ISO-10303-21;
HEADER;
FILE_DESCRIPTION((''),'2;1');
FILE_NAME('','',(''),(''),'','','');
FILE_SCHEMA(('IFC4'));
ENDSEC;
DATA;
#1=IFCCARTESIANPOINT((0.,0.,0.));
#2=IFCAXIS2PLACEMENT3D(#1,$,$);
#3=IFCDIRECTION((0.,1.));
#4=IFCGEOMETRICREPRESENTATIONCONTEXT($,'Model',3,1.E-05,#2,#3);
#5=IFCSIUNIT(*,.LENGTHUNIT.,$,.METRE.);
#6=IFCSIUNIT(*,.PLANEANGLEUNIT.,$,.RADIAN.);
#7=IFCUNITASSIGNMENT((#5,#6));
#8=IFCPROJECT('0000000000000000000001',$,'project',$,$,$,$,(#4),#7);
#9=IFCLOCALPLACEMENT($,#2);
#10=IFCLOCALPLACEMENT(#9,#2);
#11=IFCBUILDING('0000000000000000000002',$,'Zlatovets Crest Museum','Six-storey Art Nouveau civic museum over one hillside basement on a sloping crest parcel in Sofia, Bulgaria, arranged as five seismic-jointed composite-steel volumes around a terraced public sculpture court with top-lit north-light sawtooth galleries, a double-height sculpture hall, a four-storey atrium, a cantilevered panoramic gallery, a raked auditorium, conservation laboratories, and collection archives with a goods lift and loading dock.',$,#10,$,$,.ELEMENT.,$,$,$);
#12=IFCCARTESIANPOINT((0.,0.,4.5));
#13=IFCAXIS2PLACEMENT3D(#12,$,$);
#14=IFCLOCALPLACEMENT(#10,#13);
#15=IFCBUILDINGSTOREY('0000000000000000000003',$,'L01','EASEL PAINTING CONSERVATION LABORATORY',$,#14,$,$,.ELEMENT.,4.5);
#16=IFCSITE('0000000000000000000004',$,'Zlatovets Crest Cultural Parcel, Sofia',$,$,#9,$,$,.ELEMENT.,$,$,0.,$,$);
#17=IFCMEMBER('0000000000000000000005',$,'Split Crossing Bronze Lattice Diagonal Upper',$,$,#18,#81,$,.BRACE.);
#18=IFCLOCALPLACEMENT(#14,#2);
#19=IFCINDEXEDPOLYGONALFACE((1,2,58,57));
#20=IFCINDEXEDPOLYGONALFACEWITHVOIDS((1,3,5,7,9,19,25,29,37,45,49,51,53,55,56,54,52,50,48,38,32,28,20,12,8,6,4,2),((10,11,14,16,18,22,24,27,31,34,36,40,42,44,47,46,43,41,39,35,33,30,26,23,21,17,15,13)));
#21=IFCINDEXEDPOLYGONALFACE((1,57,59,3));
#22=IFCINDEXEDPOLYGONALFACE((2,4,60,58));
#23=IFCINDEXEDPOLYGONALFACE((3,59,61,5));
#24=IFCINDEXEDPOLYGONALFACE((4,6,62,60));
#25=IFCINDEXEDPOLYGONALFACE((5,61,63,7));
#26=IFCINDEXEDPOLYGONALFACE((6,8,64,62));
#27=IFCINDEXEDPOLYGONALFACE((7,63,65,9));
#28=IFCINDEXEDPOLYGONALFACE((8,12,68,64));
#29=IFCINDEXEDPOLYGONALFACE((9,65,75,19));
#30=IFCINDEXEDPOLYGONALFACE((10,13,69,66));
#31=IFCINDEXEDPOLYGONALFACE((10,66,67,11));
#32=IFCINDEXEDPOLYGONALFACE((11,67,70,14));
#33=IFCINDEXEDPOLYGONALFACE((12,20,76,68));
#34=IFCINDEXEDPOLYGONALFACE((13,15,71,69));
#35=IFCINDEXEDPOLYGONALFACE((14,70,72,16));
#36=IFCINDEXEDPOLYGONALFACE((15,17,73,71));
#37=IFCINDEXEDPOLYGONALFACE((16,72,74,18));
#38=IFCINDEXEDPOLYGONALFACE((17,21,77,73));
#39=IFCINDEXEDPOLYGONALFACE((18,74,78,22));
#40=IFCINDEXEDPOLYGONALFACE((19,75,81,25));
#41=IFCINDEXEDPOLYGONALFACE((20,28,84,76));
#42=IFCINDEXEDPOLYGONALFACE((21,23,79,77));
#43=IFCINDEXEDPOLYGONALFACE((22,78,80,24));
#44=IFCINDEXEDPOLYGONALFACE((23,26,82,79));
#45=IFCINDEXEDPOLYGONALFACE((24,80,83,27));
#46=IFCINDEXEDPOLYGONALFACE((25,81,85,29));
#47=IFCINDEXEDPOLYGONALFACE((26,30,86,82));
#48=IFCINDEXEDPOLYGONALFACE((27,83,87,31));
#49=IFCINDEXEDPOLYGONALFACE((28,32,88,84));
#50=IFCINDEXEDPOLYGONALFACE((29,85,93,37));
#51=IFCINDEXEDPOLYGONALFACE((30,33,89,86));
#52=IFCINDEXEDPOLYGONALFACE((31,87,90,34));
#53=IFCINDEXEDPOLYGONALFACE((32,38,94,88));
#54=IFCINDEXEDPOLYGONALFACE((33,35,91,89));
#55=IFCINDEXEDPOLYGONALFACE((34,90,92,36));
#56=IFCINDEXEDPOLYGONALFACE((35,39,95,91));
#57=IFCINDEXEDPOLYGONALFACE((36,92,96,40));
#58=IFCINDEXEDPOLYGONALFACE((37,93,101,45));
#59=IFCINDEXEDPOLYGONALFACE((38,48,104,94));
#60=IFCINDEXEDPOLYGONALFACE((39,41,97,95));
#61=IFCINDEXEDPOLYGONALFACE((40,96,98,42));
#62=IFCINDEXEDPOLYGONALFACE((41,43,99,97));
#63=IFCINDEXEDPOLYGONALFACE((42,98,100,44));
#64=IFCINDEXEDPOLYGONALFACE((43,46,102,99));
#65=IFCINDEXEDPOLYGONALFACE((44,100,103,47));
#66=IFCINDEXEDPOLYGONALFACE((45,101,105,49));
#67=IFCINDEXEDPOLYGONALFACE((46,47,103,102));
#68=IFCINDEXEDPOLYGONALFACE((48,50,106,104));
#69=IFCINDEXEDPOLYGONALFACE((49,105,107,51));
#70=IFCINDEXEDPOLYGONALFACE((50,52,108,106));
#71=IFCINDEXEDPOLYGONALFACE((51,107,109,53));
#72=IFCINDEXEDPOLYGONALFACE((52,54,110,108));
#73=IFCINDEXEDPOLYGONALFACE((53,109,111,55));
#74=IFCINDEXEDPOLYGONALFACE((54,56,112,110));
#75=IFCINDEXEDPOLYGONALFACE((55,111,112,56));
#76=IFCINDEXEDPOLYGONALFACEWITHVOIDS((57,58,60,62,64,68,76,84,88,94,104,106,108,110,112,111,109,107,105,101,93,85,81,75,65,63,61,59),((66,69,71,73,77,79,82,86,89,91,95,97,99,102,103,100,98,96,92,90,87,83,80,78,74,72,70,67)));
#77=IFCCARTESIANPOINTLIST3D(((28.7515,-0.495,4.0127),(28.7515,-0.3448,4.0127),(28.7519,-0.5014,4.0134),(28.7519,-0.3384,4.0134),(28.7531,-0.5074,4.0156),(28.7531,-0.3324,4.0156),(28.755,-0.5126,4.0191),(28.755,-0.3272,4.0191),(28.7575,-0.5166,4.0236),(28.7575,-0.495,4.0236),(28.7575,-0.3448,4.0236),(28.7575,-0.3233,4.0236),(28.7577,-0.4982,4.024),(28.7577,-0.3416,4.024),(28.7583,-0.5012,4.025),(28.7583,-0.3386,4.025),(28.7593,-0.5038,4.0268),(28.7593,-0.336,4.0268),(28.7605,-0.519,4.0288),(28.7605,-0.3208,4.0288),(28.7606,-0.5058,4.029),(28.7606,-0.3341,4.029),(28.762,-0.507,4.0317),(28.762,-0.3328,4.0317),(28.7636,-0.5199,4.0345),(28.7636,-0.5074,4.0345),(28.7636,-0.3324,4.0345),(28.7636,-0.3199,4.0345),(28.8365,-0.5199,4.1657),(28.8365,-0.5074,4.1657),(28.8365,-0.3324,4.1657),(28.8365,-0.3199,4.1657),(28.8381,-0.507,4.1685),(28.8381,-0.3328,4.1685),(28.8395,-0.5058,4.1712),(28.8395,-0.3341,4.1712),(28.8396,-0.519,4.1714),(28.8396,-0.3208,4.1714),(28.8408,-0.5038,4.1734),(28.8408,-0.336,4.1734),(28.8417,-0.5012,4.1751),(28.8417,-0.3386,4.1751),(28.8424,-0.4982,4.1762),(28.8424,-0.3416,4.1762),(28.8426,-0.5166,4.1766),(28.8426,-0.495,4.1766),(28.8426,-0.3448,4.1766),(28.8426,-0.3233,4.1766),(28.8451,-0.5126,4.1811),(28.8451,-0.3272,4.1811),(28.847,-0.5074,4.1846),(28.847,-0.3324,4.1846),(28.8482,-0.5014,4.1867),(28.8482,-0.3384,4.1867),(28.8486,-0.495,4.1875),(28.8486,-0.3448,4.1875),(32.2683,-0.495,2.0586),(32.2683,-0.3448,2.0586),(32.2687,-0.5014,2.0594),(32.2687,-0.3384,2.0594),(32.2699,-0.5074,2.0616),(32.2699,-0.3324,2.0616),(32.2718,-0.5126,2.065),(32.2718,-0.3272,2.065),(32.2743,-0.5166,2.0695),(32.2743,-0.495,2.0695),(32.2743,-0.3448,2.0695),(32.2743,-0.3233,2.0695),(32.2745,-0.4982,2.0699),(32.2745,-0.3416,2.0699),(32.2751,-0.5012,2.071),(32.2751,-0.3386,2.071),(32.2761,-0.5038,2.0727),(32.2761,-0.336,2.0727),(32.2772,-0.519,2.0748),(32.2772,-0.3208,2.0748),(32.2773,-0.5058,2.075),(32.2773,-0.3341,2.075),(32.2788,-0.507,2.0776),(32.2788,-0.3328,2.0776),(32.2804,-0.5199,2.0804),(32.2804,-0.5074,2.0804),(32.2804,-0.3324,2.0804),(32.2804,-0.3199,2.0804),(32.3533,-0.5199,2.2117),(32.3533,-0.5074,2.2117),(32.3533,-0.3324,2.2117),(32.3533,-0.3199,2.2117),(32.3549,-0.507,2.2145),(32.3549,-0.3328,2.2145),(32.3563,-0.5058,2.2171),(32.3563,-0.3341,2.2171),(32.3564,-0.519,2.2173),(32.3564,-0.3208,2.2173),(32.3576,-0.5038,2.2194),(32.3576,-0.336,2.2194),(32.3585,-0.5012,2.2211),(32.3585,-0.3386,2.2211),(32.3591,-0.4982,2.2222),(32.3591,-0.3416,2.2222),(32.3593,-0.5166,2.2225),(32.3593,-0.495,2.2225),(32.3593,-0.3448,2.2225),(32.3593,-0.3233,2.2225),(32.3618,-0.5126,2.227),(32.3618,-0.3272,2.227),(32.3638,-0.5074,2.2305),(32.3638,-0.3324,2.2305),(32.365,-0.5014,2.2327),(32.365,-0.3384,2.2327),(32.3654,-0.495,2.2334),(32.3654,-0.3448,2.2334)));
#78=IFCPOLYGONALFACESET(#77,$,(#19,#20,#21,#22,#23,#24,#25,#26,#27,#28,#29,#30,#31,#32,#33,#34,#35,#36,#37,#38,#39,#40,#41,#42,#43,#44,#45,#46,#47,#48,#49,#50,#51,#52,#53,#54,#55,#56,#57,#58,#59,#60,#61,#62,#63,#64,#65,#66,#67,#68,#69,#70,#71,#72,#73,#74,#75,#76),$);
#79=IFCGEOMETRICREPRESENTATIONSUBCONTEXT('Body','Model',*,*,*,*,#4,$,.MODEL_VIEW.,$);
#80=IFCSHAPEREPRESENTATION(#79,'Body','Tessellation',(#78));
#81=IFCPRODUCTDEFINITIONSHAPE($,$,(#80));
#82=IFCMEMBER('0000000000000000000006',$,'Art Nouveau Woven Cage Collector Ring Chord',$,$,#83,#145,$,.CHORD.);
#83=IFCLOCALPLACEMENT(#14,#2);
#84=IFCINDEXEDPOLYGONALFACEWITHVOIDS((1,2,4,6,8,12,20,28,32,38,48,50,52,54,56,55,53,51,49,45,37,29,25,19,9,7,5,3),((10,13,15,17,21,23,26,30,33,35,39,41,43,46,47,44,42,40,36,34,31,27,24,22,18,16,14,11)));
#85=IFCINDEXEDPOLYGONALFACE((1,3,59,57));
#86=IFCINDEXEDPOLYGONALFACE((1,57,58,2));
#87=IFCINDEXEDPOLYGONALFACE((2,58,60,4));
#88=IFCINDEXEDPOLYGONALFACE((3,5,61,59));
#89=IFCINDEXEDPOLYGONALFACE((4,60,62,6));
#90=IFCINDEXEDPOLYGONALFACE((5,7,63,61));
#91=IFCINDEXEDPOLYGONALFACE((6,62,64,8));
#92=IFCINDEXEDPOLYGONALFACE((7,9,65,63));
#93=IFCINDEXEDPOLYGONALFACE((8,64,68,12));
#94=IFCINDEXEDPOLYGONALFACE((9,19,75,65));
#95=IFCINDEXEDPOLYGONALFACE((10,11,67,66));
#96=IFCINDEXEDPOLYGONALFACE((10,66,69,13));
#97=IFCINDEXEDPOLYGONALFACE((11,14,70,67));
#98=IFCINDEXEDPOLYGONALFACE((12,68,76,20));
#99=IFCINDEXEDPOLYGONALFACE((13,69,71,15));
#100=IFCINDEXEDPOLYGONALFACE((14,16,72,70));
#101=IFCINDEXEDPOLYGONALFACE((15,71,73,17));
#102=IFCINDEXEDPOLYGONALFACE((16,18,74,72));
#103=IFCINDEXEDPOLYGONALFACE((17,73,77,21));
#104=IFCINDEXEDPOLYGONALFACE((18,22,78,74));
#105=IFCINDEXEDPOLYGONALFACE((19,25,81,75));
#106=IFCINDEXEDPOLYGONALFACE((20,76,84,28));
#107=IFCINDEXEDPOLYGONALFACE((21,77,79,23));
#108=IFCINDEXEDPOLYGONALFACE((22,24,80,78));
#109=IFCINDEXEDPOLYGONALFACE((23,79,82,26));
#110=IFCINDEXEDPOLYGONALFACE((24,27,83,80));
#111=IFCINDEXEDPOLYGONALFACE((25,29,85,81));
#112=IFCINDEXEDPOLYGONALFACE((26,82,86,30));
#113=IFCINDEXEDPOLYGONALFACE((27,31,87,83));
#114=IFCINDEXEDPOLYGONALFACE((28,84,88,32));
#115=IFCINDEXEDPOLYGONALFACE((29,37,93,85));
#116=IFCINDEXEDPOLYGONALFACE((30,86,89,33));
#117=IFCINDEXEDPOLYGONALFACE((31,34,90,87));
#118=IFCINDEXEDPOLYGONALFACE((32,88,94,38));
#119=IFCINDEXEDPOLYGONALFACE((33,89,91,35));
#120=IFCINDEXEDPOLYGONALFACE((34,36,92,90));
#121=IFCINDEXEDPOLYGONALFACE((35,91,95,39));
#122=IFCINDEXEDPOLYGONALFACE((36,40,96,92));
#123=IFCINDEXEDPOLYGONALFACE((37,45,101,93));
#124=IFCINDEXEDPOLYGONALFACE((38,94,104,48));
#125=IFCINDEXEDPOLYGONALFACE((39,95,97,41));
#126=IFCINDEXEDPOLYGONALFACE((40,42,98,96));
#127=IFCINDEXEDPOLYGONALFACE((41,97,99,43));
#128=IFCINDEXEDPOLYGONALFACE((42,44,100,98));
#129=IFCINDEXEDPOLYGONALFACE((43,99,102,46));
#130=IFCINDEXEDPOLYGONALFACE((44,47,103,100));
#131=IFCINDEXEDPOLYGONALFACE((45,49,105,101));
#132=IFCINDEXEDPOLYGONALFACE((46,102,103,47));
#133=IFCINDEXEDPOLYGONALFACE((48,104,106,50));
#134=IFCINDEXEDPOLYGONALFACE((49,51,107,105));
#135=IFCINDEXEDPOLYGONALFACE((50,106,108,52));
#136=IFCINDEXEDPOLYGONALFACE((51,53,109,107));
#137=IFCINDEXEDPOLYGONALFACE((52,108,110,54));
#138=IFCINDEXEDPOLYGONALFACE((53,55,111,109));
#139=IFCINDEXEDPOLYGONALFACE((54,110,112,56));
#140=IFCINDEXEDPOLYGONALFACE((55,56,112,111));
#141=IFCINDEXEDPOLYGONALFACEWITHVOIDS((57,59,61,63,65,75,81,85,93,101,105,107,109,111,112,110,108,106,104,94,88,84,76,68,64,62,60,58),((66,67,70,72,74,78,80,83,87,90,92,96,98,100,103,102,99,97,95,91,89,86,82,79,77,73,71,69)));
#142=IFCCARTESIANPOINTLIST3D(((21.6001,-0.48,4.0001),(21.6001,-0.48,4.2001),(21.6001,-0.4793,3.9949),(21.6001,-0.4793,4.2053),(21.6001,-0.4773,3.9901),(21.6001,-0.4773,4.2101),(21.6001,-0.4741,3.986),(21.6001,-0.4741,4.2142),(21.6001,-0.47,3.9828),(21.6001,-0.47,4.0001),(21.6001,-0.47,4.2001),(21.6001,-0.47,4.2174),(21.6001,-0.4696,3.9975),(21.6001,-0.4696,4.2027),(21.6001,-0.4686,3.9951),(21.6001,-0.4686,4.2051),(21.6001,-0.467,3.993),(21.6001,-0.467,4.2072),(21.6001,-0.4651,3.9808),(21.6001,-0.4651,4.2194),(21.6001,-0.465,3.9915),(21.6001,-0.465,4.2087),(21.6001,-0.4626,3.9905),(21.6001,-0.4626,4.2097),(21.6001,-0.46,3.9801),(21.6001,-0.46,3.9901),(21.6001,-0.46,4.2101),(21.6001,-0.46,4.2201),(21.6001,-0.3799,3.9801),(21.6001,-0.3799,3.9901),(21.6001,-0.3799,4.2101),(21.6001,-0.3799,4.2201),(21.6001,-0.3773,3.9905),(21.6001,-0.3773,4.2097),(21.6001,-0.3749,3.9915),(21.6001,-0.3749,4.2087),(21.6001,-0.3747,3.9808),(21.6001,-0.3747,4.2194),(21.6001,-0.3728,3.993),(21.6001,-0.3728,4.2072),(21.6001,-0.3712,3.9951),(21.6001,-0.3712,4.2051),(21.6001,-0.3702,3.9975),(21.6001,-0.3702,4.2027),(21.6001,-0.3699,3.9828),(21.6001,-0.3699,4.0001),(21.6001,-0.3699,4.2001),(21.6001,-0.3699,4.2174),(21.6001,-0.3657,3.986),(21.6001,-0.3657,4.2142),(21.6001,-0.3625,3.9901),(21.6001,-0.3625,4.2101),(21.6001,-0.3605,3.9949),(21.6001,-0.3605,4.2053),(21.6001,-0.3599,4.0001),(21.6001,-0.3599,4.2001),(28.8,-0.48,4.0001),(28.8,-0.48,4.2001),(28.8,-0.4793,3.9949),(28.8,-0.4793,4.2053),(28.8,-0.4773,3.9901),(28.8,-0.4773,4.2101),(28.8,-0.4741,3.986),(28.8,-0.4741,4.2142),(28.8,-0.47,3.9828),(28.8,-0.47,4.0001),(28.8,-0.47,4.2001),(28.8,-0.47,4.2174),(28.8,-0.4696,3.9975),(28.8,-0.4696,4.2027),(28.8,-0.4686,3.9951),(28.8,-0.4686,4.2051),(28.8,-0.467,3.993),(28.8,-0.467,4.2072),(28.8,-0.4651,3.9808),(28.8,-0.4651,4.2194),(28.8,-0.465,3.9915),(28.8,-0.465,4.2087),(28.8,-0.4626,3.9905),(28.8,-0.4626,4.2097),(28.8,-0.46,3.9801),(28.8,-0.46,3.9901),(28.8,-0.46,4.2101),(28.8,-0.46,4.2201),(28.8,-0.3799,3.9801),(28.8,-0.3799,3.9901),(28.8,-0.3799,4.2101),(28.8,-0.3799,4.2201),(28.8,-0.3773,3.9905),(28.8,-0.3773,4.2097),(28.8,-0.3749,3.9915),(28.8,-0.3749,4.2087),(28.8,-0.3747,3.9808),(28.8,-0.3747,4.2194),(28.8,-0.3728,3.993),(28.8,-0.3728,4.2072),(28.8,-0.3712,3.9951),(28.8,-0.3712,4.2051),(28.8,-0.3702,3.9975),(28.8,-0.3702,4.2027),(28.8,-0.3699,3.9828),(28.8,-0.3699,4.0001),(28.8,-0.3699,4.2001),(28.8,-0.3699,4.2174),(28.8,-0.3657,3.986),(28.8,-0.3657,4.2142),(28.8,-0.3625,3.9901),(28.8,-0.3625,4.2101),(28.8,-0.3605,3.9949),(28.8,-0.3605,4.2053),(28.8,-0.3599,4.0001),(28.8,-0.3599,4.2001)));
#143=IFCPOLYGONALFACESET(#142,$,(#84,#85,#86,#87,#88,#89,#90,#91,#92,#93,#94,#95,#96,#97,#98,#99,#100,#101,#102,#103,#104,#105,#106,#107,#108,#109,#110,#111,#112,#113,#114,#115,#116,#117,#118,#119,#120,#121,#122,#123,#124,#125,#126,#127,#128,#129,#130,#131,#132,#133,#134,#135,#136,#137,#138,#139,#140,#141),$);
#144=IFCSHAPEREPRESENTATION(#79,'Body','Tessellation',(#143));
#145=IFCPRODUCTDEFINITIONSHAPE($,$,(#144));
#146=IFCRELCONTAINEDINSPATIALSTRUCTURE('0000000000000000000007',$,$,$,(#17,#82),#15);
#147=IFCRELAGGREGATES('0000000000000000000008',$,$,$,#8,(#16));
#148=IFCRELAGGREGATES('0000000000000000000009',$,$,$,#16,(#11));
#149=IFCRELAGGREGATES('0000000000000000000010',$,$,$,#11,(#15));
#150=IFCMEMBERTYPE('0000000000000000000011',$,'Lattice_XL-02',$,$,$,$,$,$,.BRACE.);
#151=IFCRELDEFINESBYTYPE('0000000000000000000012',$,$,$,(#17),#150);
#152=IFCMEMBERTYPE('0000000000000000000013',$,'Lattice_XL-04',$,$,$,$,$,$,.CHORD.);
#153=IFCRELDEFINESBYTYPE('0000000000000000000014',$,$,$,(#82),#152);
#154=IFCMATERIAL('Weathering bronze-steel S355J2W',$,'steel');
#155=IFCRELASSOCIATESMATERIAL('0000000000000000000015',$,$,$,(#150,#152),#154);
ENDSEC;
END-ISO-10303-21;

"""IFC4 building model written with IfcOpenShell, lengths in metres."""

from ifc_helpers import new_model, si_unit, direction, frame, origin, origin_2d, place, context, subcontext, project, spatial, hollow_rectangle, extrude, material, material_profile, profile_set, type_object, element, save


model = new_model("IFC4")

# Units and contexts
model_context = context("Model", 3, precision=1e-05, world=origin(), true_north=direction((0.0, 1.0)))
body_context = subcontext(model_context, "Body", "Model", "MODEL_VIEW")
ifc_project = project(units=[si_unit("LENGTHUNIT", "METRE"), si_unit("PLANEANGLEUNIT", "RADIAN")], contexts=[model_context])

# Site, building, storey
site_placement = place(None, origin())
site = spatial("IfcSite", under=ifc_project, at=site_placement, Name="Zlatovets Crest Cultural Parcel, Sofia", CompositionType="ELEMENT", RefElevation=0.0)
building_placement = place(site_placement, origin())
building = spatial("IfcBuilding", under=site, at=building_placement, Name="Zlatovets Crest Museum", Description="Six-storey Art Nouveau civic museum over one hillside basement on a sloping crest parcel in Sofia, Bulgaria, arranged as five seismic-jointed composite-steel volumes around a terraced public sculpture court with top-lit north-light sawtooth galleries, a double-height sculpture hall, a four-storey atrium, a cantilevered panoramic gallery, a raked auditorium, conservation laboratories, and collection archives with a goods lift and loading dock.", CompositionType="ELEMENT")
storey_placement = place(building_placement, frame((0.0, 0.0, 4.5)))
storey = spatial("IfcBuildingStorey", under=building, at=storey_placement, Name="L01", Description="EASEL PAINTING CONSERVATION LABORATORY", CompositionType="ELEMENT", Elevation=4.5)

# Members
ifc_material_1 = material(Name="Weathering bronze-steel S355J2W", Category="steel")
ifc_material_profile_1 = material_profile(ifc_material_1, hollow_rectangle(XDim=0.2, YDim=0.2, WallThickness=0.0125, InnerFilletRadius=0.0125, OuterFilletRadius=0.0249, at=origin_2d()), Name="SHS 200x200x12.5")
ifc_profile_set_1 = profile_set([ifc_material_profile_1], Name="Weathering bronze-steel S355J2W")
member_type_1 = type_object("IfcMemberType", Name="Lattice_XL-02", PredefinedType="BRACE", material=ifc_profile_set_1)
member_1_placement = place(storey_placement, frame((28.8, -0.4199, 4.1001), z_axis=(0.874126, 0.0, -0.4857), x_axis=(0.0, 1.0, 0.0)))
element("IfcMember", 1, at=member_1_placement, inside=storey, type_object=member_type_1, Name="Split Crossing Bronze Lattice Diagonal Upper", PredefinedType="BRACE", context=body_context, shape_type="SweptSolid", body=[
    extrude(hollow_rectangle(XDim=0.2, YDim=0.2, WallThickness=0.0125, InnerFilletRadius=0.0125, OuterFilletRadius=0.0249, at=origin_2d()), origin(), (0.0, 0.0, 1.0), 4.0232),
])
ifc_material_profile_2 = material_profile(ifc_material_1, hollow_rectangle(XDim=0.1201, YDim=0.24, WallThickness=0.01, InnerFilletRadius=0.01, OuterFilletRadius=0.02, at=origin_2d()), Name="RHS 120x240x10.0")
ifc_profile_set_2 = profile_set([ifc_material_profile_2], Name="Weathering bronze-steel S355J2W")
member_type_2 = type_object("IfcMemberType", Name="Lattice_XL-04", PredefinedType="CHORD", material=ifc_profile_set_2)
for number, where, z_axis, x_axis, name in (
    (2, (21.6001, -0.4199, 4.1001), (1.0, 0.0, 0.0), (0.0, 1.0, 0.0), "Art Nouveau Woven Cage Collector Ring Chord"),
):
    element("IfcMember", number, at=place(storey_placement, frame(where, z_axis=z_axis, x_axis=x_axis)), inside=storey, type_object=member_type_2, Name=name, PredefinedType="CHORD", context=body_context, shape_type="SweptSolid", body=[
        extrude(hollow_rectangle(XDim=0.1201, YDim=0.24, WallThickness=0.01, InnerFilletRadius=0.01, OuterFilletRadius=0.02, at=origin_2d()), origin(), (0.0, 0.0, 1.0), 7.2),
    ])

save(model, "model.ifc")
